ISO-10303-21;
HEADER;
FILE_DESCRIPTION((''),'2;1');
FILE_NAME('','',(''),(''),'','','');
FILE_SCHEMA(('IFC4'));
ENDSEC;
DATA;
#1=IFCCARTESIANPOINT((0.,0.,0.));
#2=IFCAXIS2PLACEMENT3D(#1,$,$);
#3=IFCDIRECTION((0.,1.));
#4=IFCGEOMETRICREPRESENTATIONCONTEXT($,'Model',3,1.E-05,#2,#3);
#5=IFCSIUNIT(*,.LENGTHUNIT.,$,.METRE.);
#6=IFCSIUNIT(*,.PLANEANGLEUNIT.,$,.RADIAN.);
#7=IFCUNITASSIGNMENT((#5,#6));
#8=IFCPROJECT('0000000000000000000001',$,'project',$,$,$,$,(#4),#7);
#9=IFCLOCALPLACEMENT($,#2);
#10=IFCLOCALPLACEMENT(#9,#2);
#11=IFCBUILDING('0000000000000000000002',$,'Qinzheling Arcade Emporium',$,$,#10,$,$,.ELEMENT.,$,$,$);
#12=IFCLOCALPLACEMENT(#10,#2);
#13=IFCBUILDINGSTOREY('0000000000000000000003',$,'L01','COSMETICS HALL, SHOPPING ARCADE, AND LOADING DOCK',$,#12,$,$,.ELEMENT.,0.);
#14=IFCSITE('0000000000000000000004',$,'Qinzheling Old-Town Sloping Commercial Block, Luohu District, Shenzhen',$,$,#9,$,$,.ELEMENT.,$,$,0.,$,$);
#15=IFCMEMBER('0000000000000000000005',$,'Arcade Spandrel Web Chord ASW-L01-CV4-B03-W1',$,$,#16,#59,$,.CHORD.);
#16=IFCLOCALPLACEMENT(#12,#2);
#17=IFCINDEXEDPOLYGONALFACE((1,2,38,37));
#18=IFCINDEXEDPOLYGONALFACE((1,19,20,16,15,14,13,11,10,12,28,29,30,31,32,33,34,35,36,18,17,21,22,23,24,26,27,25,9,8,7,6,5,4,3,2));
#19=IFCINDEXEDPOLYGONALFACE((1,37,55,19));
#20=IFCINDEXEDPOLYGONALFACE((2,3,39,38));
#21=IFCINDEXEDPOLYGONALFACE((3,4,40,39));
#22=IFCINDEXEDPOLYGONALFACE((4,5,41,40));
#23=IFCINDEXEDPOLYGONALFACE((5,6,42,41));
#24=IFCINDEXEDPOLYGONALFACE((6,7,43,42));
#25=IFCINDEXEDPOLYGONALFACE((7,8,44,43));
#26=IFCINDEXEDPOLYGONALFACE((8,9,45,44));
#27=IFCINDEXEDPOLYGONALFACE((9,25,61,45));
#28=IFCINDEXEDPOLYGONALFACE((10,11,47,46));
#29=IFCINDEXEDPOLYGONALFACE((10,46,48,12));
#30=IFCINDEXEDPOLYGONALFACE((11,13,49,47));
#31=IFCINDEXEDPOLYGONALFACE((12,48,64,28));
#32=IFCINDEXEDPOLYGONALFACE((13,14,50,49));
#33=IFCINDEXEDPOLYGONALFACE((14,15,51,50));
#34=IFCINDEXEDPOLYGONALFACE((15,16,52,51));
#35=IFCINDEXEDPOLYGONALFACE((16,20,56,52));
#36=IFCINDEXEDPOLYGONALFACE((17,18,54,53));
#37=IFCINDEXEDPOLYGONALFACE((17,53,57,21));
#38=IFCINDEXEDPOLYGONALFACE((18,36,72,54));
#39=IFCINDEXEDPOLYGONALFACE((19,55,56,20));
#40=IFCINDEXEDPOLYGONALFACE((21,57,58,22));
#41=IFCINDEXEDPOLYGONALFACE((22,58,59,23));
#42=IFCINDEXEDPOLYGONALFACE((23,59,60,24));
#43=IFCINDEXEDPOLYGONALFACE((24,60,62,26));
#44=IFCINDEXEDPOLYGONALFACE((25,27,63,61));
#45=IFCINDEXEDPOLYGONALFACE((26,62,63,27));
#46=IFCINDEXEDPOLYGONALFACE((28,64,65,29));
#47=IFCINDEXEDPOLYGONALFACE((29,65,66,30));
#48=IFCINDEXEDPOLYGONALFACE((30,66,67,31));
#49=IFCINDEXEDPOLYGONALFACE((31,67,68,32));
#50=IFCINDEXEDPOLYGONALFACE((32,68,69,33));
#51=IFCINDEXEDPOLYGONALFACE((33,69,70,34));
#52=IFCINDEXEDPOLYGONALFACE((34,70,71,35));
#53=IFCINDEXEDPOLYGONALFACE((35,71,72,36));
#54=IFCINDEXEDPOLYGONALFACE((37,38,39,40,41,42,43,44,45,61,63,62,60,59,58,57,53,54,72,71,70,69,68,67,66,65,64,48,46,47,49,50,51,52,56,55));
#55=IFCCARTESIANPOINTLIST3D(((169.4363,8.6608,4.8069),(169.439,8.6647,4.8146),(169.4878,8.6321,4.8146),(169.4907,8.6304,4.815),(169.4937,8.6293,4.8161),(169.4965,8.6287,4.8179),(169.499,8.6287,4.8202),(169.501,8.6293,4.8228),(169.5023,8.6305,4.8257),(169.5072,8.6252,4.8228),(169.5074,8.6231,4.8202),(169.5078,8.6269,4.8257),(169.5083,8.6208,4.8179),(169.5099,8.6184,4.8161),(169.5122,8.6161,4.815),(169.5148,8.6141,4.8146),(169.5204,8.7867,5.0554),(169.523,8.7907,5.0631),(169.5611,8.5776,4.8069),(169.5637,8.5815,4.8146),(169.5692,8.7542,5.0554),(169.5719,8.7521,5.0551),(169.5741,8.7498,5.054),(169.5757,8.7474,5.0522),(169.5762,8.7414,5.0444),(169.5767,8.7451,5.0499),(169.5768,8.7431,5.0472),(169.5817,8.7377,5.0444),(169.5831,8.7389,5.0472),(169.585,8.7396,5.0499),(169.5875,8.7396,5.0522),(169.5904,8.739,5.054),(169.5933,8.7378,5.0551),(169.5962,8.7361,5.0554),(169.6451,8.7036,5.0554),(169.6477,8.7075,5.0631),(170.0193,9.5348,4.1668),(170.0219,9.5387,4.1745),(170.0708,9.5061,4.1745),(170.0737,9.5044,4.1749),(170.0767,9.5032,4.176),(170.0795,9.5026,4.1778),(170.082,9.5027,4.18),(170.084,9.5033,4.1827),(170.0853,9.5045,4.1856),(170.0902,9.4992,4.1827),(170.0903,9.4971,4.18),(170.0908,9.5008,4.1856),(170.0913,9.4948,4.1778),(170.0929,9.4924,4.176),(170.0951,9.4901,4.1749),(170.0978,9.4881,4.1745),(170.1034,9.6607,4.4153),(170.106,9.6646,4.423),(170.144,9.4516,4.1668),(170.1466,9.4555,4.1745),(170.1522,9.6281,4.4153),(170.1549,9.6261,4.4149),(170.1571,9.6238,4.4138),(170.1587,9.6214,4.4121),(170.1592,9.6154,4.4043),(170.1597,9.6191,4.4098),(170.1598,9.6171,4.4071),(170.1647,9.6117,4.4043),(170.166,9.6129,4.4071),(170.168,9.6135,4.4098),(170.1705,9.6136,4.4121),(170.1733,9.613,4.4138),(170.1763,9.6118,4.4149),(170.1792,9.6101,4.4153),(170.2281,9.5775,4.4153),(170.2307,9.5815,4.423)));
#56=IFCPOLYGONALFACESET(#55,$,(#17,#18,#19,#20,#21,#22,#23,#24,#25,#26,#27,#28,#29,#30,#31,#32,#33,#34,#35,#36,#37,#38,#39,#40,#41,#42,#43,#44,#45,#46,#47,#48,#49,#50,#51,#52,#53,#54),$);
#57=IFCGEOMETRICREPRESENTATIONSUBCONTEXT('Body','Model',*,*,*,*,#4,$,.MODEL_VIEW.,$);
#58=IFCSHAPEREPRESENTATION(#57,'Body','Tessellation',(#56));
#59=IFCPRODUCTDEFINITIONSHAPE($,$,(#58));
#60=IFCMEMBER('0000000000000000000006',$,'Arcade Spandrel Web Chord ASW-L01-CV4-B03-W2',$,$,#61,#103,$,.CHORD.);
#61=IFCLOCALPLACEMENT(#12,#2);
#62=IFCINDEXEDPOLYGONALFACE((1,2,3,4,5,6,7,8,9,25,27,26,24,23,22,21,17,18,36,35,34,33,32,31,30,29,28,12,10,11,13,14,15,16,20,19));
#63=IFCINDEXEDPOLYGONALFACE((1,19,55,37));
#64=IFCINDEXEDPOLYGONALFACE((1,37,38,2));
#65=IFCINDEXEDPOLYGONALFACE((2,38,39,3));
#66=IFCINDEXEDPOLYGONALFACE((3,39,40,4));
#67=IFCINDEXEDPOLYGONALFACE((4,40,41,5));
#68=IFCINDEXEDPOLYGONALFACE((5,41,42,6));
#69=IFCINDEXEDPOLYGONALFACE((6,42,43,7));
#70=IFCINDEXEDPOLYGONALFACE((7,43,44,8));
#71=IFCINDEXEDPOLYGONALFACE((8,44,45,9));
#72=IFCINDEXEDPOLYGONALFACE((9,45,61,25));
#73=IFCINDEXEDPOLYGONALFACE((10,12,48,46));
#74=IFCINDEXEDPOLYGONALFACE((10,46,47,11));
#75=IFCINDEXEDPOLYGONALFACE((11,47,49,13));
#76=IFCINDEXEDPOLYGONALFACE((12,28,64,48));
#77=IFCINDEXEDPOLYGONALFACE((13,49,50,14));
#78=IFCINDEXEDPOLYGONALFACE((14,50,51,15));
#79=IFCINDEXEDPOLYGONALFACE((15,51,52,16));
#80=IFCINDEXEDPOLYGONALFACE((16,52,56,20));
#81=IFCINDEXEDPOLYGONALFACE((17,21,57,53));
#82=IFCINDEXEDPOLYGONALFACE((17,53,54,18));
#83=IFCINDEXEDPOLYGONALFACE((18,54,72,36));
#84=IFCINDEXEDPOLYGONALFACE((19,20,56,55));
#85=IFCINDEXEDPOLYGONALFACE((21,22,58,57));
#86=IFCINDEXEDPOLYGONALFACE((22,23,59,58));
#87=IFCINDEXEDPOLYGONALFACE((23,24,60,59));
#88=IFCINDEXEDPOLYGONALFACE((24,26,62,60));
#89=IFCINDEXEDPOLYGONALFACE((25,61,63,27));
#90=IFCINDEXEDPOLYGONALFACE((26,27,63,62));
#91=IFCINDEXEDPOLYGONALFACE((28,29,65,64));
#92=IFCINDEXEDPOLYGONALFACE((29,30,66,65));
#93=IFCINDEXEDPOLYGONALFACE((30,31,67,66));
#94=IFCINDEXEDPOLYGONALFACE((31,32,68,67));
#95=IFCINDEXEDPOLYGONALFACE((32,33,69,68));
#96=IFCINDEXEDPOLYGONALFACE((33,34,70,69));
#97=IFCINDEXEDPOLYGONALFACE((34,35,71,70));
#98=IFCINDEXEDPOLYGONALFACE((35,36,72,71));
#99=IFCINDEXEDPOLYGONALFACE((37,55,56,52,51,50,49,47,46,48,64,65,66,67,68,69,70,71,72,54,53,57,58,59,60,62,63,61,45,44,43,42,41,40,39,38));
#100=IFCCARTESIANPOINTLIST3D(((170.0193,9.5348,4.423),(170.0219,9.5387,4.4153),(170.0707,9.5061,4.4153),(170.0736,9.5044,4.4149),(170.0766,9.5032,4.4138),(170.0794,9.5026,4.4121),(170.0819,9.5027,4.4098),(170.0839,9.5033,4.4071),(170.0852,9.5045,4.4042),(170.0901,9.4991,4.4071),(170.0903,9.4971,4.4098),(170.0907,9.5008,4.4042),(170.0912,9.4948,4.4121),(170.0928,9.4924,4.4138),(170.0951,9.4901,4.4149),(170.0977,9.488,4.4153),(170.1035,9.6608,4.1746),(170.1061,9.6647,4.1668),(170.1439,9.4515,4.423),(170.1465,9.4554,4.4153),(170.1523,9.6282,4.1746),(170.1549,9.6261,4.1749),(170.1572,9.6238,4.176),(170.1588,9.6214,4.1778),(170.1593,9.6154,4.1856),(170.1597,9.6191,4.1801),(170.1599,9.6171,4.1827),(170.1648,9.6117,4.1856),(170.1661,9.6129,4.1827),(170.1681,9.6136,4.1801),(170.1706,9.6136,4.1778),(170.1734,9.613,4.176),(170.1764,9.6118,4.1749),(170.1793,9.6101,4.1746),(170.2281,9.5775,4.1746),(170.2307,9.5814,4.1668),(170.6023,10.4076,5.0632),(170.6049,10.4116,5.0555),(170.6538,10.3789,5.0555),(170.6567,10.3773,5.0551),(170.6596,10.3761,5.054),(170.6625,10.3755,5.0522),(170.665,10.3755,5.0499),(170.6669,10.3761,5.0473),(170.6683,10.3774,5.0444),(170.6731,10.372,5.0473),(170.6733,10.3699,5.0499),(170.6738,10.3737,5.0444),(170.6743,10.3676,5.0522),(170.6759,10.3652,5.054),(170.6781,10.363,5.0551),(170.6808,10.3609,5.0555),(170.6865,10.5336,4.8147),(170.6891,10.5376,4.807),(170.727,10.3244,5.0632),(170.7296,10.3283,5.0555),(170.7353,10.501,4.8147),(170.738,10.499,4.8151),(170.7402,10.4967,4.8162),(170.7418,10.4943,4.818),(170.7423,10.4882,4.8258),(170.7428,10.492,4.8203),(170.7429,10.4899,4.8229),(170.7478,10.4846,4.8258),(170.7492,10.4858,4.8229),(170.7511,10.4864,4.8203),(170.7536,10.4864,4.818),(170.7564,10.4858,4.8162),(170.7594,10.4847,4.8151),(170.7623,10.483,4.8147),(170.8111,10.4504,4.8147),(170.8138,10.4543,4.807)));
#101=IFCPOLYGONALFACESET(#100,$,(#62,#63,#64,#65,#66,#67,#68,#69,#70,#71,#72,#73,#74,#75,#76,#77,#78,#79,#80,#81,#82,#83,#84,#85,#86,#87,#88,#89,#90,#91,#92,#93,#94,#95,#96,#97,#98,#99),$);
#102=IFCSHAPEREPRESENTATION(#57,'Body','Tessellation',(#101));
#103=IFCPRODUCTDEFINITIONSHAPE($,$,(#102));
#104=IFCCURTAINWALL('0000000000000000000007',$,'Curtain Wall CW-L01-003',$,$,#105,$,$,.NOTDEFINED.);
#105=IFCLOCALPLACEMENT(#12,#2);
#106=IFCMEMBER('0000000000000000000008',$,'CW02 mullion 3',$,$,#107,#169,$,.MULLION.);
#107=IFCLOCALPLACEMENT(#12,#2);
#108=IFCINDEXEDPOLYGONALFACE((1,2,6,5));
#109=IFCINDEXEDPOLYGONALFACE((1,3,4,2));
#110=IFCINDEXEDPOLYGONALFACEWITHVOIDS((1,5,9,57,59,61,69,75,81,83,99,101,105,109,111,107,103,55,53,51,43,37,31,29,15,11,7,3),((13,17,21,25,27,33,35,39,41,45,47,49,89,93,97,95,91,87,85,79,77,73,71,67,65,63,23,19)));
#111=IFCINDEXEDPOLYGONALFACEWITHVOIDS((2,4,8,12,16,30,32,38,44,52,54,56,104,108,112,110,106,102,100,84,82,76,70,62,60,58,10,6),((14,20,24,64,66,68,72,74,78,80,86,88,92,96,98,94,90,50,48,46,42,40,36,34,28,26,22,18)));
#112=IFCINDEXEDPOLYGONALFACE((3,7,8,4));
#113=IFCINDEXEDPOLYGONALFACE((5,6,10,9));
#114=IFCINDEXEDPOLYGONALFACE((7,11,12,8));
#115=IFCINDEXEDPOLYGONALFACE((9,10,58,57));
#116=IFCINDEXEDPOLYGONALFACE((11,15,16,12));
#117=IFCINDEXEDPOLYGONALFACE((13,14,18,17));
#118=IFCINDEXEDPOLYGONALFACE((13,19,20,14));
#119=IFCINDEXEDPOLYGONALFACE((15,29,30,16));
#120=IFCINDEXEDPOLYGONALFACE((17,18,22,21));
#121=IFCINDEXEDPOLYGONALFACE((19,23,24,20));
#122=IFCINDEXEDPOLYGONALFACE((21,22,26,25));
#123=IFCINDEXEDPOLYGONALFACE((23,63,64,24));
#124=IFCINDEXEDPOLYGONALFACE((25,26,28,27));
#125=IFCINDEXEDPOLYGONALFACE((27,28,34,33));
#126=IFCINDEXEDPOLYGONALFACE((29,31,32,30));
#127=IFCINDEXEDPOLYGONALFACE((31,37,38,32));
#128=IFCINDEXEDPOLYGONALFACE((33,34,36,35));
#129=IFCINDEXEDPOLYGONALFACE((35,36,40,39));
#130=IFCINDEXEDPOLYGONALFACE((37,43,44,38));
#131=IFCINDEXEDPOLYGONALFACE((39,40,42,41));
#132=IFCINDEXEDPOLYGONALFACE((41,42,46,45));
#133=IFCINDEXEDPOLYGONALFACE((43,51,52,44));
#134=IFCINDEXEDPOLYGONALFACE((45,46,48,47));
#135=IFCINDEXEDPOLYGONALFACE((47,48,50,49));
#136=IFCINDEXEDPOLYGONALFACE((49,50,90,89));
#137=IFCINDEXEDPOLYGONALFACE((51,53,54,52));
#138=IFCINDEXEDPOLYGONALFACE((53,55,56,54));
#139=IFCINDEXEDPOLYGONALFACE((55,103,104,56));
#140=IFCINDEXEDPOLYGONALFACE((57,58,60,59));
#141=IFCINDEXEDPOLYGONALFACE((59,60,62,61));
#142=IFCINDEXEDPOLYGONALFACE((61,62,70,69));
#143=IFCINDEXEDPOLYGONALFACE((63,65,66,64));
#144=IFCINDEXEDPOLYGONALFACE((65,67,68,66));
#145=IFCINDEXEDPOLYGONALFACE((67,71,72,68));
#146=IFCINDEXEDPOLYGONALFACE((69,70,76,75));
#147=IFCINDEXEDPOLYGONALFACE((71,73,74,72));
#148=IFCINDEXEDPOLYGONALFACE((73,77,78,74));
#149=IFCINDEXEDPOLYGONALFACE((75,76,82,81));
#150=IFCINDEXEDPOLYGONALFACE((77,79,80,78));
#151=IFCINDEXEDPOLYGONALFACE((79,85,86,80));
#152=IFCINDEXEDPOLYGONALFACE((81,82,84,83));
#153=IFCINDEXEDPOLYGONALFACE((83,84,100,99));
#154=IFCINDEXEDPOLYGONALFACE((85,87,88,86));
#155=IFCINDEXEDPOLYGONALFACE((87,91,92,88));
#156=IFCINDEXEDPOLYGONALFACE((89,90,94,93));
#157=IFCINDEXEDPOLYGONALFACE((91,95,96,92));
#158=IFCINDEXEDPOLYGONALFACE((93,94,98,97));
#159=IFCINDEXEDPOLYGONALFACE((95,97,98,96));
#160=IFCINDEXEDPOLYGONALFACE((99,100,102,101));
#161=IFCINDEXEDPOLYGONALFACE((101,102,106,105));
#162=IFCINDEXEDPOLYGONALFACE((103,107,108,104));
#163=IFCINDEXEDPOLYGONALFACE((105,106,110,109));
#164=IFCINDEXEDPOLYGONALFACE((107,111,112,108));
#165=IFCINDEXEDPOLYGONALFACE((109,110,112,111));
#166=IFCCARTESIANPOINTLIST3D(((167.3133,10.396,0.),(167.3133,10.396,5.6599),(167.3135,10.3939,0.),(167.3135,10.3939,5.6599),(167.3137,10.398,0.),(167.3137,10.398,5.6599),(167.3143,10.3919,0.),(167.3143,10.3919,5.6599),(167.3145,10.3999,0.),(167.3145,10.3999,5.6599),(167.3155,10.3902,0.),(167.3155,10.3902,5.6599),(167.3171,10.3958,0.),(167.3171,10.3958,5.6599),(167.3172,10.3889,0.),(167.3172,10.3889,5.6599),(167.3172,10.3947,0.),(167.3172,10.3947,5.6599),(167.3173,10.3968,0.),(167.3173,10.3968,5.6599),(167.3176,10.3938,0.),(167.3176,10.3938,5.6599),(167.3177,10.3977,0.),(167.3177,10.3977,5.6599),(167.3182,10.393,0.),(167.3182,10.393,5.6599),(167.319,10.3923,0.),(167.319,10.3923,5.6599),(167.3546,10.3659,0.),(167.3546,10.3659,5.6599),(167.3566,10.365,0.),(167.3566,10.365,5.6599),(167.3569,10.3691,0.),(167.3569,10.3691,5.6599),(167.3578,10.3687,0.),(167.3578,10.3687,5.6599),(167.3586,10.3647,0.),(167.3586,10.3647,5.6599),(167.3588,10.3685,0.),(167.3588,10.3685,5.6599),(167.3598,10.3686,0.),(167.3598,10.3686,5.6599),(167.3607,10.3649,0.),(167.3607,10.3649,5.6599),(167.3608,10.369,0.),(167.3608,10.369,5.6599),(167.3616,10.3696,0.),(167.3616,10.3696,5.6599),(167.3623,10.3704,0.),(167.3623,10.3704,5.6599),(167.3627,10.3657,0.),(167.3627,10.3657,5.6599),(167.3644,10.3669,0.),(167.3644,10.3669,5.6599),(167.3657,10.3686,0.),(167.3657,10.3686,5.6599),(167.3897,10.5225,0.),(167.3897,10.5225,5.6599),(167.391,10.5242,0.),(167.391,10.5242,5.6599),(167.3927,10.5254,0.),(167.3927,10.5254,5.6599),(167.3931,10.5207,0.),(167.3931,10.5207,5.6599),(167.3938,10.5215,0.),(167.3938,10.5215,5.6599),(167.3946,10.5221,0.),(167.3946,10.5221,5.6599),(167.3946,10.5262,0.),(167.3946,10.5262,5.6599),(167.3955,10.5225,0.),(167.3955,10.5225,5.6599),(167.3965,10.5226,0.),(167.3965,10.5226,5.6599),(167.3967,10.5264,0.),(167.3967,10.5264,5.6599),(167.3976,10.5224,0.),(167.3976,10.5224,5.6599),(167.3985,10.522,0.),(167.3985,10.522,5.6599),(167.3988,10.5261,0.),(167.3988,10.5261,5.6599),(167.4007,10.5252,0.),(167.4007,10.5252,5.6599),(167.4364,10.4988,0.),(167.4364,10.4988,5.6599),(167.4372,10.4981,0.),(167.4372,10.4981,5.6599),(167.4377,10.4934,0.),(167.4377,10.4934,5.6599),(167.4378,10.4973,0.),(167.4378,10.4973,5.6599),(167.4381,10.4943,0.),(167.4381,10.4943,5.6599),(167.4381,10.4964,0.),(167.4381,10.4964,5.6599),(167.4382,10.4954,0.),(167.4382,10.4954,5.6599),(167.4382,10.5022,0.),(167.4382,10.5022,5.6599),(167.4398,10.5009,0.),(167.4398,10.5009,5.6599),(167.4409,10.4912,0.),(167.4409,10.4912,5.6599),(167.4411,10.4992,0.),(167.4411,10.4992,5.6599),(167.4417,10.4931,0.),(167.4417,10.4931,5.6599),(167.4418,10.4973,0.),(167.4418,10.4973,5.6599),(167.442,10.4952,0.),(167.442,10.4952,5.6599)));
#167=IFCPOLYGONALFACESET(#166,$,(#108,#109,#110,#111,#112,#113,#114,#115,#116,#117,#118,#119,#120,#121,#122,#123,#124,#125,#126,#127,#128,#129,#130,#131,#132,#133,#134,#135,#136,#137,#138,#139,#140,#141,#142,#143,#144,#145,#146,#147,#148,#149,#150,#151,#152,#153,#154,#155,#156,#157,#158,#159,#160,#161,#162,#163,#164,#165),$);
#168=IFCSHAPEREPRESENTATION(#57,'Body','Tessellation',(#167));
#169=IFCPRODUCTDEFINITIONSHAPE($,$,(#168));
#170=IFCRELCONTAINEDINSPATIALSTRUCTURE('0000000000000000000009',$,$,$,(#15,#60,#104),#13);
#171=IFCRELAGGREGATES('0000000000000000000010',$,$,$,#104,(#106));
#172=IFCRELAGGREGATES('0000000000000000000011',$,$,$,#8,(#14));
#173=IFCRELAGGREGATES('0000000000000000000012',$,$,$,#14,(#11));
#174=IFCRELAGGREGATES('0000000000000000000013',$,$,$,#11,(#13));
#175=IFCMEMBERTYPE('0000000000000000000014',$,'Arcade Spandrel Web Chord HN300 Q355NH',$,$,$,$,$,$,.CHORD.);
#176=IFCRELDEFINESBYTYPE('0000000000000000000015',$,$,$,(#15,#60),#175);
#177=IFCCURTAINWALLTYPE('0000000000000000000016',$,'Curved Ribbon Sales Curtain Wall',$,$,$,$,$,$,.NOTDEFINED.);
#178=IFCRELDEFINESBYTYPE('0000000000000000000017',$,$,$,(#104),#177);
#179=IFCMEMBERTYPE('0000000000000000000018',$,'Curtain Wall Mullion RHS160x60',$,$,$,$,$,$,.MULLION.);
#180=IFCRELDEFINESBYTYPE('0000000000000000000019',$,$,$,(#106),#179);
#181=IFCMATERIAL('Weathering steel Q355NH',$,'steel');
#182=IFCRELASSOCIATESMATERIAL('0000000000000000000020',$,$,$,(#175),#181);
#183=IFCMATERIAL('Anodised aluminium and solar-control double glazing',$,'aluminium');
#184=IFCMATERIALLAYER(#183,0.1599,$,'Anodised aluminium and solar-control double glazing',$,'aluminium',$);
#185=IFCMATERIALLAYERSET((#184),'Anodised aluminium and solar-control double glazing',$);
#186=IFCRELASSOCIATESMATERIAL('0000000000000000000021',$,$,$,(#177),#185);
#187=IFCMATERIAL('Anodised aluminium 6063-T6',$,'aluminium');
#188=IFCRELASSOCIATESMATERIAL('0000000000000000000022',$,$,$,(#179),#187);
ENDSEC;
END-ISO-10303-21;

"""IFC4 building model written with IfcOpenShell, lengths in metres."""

from ifc_helpers import new_model, si_unit, direction, frame, origin, origin_2d, place, context, subcontext, project, spatial, hollow_rectangle, i_section, extrude, material, layer, layer_set, material_profile, profile_set, type_object, element, aggregate, save


model = new_model("IFC4")

# Units and contexts
model_context = context("Model", 3, precision=1e-05, world=origin(), true_north=direction((0.0, 1.0)))
body_context = subcontext(model_context, "Body", "Model", "MODEL_VIEW")
ifc_project = project(units=[si_unit("LENGTHUNIT", "METRE"), si_unit("PLANEANGLEUNIT", "RADIAN")], contexts=[model_context])

# Site, building, storey
site_placement = place(None, origin())
site = spatial("IfcSite", under=ifc_project, at=site_placement, Name="Qinzheling Old-Town Sloping Commercial Block, Luohu District, Shenzhen", CompositionType="ELEMENT", RefElevation=0.0)
building_placement = place(site_placement, origin())
building = spatial("IfcBuilding", under=site, at=building_placement, Name="Qinzheling Arcade Emporium", CompositionType="ELEMENT")
storey_placement = place(building_placement, origin())
storey = spatial("IfcBuildingStorey", under=building, at=storey_placement, Name="L01", Description="COSMETICS HALL, SHOPPING ARCADE, AND LOADING DOCK", CompositionType="ELEMENT", Elevation=0.0)

# Shared definitions
ifc_material_1 = material(Name="Weathering steel Q355NH", Category="steel")

# Members
ifc_material_profile_1 = material_profile(ifc_material_1, i_section(OverallWidth=0.1499, OverallDepth=0.3, WebThickness=0.0066, FlangeThickness=0.009, FilletRadius=0.0129, at=origin_2d()), Name="HN 300x150x6.5x9", Category="steel")
ifc_profile_set_1 = profile_set([ifc_material_profile_1], Name="Weathering steel Q355NH")
member_type_1 = type_object("IfcMemberType", Name="Arcade Spandrel Web Chord HN300 Q355NH", PredefinedType="CHORD", material=ifc_profile_set_1)
member_1_placement = place(storey_placement, frame((170.125, 9.5581, 4.2949), z_axis=(-0.473882, -0.710426, 0.520318), x_axis=(0.831907, -0.554915, 0.0)))
element("IfcMember", 1, at=member_1_placement, inside=storey, type_object=member_type_1, Name="Arcade Spandrel Web Chord ASW-L01-CV4-B03-W1", PredefinedType="CHORD", context=body_context, shape_type="SweptSolid", body=[
    extrude(i_section(OverallWidth=0.1499, OverallDepth=0.3, WebThickness=0.0066, FlangeThickness=0.009, FilletRadius=0.0129, at=origin_2d()), origin(), (0.0, 0.0, 1.0), 1.2302),
])
member_2_placement = place(storey_placement, frame((170.125, 9.5581, 4.2949), z_axis=(0.474216, 0.709934, 0.520685), x_axis=(-0.831549, 0.555451, 0.0)))
element("IfcMember", 2, at=member_2_placement, inside=storey, type_object=member_type_1, Name="Arcade Spandrel Web Chord ASW-L01-CV4-B03-W2", PredefinedType="CHORD", context=body_context, shape_type="SweptSolid", body=[
    extrude(i_section(OverallWidth=0.1499, OverallDepth=0.3, WebThickness=0.0066, FlangeThickness=0.009, FilletRadius=0.0129, at=origin_2d()), origin(), (0.0, 0.0, 1.0), 1.2295),
])

# Curtain wall, member
ifc_material_2 = material(Name="Anodised aluminium and solar-control double glazing", Category="aluminium")
ifc_layer_1 = layer(ifc_material_2, 0.1599, Name="Anodised aluminium and solar-control double glazing", Category="aluminium")
ifc_layer_set_1 = layer_set([ifc_layer_1], Name="Anodised aluminium and solar-control double glazing")
curtain_wall_type = type_object("IfcCurtainWallType", Name="Curved Ribbon Sales Curtain Wall", PredefinedType="NOTDEFINED", material=ifc_layer_set_1)
curtain_wall_1_placement = place(storey_placement, origin())
curtain_wall_1 = element("IfcCurtainWall", 3, at=curtain_wall_1_placement, inside=storey, type_object=curtain_wall_type, Name="Curtain Wall CW-L01-003", PredefinedType="NOTDEFINED")
ifc_material_3 = material(Name="Anodised aluminium 6063-T6", Category="aluminium")
ifc_material_profile_2 = material_profile(ifc_material_3, hollow_rectangle(XDim=0.0601, YDim=0.1599, WallThickness=0.0039, InnerFilletRadius=0.0039, OuterFilletRadius=0.0081, at=origin_2d()), Name="RHS 160x60x4", Category="aluminium")
ifc_profile_set_2 = profile_set([ifc_material_profile_2], Name="Anodised aluminium 6063-T6")
member_type_2 = type_object("IfcMemberType", Name="Curtain Wall Mullion RHS160x60", PredefinedType="MULLION", material=ifc_profile_set_2)
member_3_placement = place(storey_placement, frame((167.3777, 10.4456, 0.0), z_axis=(0.0, 0.0, 1.0), x_axis=(0.852581, -0.522595, 0.0)))
member_3 = element("IfcMember", 4, at=member_3_placement, type_object=member_type_2, Name="CW02 mullion 3", PredefinedType="MULLION", context=body_context, shape_type="SweptSolid", body=[
    extrude(hollow_rectangle(XDim=0.0601, YDim=0.1599, WallThickness=0.0039, InnerFilletRadius=0.0039, OuterFilletRadius=0.0081, at=origin_2d()), origin(), (0.0, 0.0, 1.0), 5.6599),
])
aggregate(curtain_wall_1, [member_3])

save(model, "model.ifc")
